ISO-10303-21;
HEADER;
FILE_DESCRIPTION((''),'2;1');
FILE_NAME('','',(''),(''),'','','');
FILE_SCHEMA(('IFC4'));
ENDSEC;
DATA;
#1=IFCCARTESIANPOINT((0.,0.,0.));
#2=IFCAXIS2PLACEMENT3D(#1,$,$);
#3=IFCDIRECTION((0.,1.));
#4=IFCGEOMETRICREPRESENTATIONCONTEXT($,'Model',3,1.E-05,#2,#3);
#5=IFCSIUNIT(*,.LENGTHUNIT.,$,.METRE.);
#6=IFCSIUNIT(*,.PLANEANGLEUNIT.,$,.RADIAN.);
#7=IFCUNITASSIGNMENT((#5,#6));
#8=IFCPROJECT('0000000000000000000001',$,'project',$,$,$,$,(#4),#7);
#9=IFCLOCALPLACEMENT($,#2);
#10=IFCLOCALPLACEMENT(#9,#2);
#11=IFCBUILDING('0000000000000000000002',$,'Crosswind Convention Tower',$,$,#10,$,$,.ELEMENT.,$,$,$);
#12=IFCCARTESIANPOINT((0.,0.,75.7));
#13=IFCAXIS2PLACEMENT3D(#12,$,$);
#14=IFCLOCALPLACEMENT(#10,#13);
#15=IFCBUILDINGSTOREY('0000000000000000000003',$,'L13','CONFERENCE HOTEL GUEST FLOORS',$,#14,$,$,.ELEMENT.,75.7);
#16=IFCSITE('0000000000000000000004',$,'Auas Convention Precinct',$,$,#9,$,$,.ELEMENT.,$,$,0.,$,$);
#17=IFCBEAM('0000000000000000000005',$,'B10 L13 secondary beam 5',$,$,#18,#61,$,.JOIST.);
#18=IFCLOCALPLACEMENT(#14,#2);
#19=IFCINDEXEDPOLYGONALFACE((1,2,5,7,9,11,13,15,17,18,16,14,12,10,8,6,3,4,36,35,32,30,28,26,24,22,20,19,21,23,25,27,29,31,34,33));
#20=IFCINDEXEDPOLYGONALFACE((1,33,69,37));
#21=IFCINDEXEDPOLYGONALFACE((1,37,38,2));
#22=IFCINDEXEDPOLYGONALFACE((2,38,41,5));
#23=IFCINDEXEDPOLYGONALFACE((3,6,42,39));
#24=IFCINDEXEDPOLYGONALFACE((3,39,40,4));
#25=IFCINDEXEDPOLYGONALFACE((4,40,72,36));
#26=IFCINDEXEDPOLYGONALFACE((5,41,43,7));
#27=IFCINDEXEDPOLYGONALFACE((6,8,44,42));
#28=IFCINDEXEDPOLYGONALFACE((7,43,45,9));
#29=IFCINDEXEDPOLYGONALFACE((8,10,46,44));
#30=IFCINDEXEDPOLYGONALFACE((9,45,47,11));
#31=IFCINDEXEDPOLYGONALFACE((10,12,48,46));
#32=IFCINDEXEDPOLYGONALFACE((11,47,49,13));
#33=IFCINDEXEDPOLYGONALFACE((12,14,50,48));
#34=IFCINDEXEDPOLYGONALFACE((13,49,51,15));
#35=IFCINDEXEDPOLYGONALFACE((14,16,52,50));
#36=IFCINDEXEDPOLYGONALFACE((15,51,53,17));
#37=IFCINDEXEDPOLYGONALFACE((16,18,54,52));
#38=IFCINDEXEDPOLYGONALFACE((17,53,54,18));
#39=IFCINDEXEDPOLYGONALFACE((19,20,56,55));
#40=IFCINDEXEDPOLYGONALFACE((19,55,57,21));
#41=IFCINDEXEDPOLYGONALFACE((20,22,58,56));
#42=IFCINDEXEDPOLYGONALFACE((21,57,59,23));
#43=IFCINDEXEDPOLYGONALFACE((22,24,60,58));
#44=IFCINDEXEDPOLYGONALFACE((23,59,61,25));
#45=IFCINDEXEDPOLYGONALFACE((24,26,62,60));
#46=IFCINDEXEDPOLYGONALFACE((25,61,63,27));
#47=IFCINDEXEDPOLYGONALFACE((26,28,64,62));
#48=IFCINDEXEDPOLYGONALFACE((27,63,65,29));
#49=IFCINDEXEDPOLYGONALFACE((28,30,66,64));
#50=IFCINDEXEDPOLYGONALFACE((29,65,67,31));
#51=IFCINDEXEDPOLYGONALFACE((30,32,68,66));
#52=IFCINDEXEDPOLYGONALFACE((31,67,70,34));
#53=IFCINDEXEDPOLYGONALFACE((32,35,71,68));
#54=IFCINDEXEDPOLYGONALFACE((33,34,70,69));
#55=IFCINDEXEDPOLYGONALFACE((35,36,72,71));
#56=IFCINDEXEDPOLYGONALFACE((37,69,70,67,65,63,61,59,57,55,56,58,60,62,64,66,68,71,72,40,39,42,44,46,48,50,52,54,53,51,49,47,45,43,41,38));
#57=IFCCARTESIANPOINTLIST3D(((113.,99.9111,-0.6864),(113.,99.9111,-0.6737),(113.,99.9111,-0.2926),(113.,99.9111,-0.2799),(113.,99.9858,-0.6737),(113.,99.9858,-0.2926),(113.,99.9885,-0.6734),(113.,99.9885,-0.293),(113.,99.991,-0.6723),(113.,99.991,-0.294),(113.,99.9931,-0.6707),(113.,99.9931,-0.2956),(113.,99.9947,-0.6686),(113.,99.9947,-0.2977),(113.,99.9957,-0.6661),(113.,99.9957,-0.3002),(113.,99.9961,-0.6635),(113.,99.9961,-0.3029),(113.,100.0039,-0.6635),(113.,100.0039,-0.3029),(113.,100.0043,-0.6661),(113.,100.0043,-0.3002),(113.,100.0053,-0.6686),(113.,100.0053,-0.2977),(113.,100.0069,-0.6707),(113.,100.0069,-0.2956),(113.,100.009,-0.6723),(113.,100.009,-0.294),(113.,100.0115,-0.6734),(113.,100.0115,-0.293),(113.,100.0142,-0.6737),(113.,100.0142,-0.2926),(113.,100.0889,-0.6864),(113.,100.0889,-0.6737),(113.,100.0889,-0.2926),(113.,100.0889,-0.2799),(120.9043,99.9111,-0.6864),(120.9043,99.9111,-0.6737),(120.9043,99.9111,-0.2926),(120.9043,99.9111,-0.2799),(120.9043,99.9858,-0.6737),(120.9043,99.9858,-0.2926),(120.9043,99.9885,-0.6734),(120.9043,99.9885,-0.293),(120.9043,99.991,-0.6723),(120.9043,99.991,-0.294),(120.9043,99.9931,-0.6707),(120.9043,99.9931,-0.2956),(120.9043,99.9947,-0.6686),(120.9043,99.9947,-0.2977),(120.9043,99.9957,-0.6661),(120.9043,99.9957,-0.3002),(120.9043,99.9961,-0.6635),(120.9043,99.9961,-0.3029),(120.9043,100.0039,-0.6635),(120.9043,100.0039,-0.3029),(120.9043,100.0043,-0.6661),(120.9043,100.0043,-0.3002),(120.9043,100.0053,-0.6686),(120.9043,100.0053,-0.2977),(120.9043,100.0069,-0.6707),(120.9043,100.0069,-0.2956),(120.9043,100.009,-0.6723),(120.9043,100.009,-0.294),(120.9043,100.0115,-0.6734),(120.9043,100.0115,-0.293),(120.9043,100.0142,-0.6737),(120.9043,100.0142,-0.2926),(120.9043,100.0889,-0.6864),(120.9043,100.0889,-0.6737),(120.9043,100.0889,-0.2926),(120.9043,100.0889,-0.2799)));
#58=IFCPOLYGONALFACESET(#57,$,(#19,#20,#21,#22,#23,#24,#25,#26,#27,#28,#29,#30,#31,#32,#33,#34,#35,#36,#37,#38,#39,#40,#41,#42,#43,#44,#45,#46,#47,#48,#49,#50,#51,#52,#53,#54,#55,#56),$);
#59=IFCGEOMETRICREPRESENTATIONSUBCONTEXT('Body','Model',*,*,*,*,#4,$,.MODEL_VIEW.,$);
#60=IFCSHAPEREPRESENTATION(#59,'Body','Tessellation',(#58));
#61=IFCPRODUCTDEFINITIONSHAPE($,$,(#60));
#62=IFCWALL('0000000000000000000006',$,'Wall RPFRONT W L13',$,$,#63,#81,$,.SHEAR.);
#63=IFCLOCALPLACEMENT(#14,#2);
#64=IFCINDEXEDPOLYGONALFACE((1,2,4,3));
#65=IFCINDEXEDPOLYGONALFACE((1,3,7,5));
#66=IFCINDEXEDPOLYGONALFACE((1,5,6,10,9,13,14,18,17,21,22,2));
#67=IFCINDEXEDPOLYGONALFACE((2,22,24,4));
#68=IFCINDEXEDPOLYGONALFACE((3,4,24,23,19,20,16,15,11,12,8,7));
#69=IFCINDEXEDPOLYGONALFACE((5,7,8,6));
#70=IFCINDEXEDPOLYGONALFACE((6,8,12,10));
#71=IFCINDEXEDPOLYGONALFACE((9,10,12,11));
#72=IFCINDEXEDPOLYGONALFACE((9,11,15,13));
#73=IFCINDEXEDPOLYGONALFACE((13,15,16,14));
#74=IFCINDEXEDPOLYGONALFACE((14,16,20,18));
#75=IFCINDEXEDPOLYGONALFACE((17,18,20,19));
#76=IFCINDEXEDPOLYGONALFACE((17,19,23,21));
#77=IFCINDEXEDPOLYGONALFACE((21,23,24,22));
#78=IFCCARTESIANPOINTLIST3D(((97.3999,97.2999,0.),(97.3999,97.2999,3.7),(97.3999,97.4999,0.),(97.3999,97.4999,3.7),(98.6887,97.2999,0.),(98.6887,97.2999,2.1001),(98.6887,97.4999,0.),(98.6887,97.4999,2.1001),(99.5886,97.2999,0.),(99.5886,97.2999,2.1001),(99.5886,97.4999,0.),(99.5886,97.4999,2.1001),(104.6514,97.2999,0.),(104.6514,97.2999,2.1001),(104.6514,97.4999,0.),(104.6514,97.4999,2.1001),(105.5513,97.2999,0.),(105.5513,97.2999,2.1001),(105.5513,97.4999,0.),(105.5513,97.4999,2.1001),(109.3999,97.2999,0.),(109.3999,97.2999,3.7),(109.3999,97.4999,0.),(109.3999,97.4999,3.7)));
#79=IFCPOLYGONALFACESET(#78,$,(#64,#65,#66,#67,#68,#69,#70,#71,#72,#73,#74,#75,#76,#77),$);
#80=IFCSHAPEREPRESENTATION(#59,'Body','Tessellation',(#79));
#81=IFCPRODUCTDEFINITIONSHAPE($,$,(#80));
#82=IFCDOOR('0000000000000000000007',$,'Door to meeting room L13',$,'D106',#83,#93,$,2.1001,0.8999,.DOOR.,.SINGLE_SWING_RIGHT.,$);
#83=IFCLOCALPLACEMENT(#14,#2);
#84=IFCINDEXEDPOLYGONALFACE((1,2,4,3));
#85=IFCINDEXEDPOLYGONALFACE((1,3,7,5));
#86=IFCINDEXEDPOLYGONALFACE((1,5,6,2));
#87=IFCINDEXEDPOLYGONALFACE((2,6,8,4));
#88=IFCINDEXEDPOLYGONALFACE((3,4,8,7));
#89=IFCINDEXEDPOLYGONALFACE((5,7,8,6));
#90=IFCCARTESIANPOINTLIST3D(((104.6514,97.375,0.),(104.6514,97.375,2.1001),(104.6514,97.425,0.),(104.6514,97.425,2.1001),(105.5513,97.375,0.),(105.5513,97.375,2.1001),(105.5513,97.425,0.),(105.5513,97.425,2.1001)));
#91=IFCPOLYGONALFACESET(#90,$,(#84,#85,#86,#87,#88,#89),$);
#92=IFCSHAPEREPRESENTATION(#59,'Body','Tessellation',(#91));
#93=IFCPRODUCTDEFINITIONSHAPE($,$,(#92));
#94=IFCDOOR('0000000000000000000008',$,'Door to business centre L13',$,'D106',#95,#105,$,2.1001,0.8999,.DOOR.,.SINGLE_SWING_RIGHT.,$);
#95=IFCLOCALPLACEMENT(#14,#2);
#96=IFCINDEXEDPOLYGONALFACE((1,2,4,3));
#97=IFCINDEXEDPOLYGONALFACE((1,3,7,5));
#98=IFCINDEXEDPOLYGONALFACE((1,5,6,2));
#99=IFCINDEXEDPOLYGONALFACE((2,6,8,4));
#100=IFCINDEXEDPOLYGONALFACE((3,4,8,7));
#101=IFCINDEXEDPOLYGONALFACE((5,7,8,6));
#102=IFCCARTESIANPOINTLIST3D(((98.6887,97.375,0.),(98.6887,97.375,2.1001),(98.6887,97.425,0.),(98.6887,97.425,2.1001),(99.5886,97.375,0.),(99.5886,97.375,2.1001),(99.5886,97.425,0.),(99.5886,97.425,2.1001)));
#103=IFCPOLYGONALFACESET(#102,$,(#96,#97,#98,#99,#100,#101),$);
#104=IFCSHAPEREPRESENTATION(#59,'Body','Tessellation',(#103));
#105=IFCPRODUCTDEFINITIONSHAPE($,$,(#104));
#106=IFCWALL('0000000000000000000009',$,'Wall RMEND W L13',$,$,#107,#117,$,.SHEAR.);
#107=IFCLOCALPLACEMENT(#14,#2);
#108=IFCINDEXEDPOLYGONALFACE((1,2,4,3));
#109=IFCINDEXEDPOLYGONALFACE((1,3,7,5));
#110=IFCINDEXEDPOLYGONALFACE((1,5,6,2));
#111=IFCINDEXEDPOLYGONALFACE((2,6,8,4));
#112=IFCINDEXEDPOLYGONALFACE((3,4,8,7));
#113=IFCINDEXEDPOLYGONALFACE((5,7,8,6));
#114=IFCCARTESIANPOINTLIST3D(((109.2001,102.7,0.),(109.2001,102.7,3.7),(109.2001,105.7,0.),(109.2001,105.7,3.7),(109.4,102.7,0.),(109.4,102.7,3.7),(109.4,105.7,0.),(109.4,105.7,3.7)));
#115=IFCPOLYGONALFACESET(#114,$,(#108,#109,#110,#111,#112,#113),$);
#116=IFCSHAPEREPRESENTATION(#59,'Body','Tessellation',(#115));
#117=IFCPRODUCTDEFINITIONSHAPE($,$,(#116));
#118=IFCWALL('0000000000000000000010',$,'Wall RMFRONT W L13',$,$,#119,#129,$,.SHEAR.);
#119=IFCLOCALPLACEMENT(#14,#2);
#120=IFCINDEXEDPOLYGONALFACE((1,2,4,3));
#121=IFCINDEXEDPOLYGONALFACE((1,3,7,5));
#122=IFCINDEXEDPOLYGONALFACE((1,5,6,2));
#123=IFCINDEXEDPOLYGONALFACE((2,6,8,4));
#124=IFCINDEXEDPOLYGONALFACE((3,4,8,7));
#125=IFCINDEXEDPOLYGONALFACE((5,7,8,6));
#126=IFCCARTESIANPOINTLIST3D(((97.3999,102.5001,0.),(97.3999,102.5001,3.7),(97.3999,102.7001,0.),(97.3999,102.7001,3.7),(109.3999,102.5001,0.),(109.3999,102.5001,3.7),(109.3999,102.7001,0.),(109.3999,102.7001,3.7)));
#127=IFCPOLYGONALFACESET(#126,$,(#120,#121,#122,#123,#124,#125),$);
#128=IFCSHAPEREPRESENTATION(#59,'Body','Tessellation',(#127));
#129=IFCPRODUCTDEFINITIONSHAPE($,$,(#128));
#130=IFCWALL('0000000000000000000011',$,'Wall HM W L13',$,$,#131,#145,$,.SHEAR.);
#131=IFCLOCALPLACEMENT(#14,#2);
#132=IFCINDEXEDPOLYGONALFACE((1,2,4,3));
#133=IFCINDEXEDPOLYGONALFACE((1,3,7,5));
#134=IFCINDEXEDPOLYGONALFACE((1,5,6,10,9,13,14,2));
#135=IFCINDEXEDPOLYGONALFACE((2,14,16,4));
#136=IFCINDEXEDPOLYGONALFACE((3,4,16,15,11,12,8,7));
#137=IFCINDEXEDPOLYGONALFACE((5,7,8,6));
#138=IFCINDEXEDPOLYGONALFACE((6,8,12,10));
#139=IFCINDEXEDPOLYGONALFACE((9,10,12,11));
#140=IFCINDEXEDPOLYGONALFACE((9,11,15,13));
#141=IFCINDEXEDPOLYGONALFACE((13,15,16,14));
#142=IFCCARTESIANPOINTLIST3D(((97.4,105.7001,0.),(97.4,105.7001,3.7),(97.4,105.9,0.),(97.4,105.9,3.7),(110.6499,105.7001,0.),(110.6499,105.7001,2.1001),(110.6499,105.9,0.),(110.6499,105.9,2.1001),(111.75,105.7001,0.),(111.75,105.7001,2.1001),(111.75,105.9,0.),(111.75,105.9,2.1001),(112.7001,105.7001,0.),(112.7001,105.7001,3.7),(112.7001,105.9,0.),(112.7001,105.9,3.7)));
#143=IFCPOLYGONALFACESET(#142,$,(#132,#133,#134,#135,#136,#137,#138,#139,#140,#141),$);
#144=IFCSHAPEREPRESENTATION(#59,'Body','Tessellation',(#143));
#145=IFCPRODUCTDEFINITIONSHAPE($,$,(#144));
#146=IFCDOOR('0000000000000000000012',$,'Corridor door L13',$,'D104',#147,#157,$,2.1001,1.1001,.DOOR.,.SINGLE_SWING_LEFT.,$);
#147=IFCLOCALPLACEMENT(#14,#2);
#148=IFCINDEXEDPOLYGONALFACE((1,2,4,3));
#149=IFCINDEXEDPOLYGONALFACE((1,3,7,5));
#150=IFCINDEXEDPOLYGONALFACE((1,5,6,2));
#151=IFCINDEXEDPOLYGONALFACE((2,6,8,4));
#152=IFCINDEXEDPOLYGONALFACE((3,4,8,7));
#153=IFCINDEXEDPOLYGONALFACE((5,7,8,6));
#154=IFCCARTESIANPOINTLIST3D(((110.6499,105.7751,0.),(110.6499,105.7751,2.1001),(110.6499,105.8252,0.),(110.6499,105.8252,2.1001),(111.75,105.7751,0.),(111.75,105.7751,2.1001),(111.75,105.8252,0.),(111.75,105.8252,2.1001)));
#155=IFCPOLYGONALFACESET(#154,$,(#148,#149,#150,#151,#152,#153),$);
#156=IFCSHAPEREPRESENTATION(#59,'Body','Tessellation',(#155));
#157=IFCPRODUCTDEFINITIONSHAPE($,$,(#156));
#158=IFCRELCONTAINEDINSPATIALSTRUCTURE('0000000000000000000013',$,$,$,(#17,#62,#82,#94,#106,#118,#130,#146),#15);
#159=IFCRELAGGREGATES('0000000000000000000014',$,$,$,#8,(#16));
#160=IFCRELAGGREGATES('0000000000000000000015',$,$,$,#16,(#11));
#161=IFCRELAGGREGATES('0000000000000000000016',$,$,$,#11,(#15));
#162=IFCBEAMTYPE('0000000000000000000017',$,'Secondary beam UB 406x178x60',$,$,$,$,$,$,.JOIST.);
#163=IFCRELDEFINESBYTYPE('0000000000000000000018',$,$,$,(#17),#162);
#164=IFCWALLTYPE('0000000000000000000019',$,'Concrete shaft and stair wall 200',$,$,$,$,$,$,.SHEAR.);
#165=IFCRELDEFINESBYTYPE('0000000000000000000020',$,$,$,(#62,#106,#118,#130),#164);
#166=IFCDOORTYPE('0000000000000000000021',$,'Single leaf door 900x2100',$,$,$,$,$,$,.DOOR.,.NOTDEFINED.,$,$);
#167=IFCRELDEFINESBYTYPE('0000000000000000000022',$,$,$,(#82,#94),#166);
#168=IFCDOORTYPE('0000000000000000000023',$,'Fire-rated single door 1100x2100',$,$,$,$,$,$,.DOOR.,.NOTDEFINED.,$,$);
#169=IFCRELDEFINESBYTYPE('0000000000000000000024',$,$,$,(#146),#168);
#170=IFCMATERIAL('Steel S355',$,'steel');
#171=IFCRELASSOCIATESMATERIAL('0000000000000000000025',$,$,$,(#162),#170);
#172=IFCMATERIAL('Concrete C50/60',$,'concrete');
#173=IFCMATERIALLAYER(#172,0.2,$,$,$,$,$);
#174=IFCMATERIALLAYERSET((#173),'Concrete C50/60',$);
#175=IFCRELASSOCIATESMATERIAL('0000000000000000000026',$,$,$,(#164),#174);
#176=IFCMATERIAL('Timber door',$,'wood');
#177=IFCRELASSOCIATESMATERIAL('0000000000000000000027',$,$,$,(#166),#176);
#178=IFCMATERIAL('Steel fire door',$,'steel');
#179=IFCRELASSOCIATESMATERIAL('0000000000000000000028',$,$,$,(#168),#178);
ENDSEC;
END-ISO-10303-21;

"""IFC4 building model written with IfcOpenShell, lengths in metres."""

from ifc_helpers import new_model, si_unit, direction, frame, frame_2d, origin, origin_2d, place, context, subcontext, project, spatial, rectangle, i_section, extrude, material, layer, layer_set, material_profile, profile_set, type_object, element, fill, save


model = new_model("IFC4")

# Units and contexts
model_context = context("Model", 3, precision=1e-05, world=origin(), true_north=direction((0.0, 1.0)))
body_context = subcontext(model_context, "Body", "Model", "MODEL_VIEW")
ifc_project = project(units=[si_unit("LENGTHUNIT", "METRE"), si_unit("PLANEANGLEUNIT", "RADIAN")], contexts=[model_context])

# Site, building, storey
site_placement = place(None, origin())
site = spatial("IfcSite", under=ifc_project, at=site_placement, Name="Auas Convention Precinct", CompositionType="ELEMENT", RefElevation=0.0)
building_placement = place(site_placement, origin())
building = spatial("IfcBuilding", under=site, at=building_placement, Name="Crosswind Convention Tower", CompositionType="ELEMENT")
storey_placement = place(building_placement, frame((0.0, 0.0, 75.7)))
storey = spatial("IfcBuildingStorey", under=building, at=storey_placement, Name="L13", Description="CONFERENCE HOTEL GUEST FLOORS", CompositionType="ELEMENT", Elevation=75.7)

# Beam
ifc_material_1 = material(Name="Steel S355", Category="steel")
ifc_material_profile = material_profile(ifc_material_1, i_section(OverallWidth=0.1777, OverallDepth=0.4065, WebThickness=0.0078, FlangeThickness=0.0127, FilletRadius=0.0103, at=origin_2d()), Name="UB 406x178x60")
ifc_profile_set = profile_set([ifc_material_profile], Name="Steel S355")
beam_type = type_object("IfcBeamType", Name="Secondary beam UB 406x178x60", PredefinedType="JOIST", material=ifc_profile_set)
beam_placement = place(storey_placement, frame((113.0, 100.0, -0.4832), z_axis=(1.0, 0.0, 0.0), x_axis=(0.0, 1.0, 0.0)))
element("IfcBeam", 1, at=beam_placement, inside=storey, type_object=beam_type, Name="B10 L13 secondary beam 5", PredefinedType="JOIST", context=body_context, shape_type="SweptSolid", body=[
    extrude(i_section(OverallWidth=0.1777, OverallDepth=0.4065, WebThickness=0.0078, FlangeThickness=0.0127, FilletRadius=0.0103, at=origin_2d()), origin(), (0.0, 0.0, 1.0), 7.9043),
])

# Wall, openings, doors
ifc_material_2 = material(Name="Concrete C50/60", Category="concrete")
ifc_layer_1 = layer(ifc_material_2, 0.2)
ifc_layer_set_1 = layer_set([ifc_layer_1], Name="Concrete C50/60")
wall_type_1 = type_object("IfcWallType", Name="Concrete shaft and stair wall 200", PredefinedType="SHEAR", material=ifc_layer_set_1)
wall_1_placement = place(storey_placement, frame((109.3999, 97.3999, 0.0), z_axis=(0.0, 0.0, 1.0), x_axis=(-1.0, 0.0, 0.0)))
wall_1 = element("IfcWall", 2, at=wall_1_placement, inside=storey, type_object=wall_type_1, Name="Wall RPFRONT W L13", PredefinedType="SHEAR", context=body_context, shape_type="SweptSolid", body=[
    extrude(rectangle(XDim=12.0, YDim=0.2, at=frame_2d((6.0, 0.0))), origin(), (0.0, 0.0, 1.0), 3.7),
])
opening_1_placement = place(wall_1_placement, frame((3.8486, 0.0, 0.0)))
opening_1 = element("IfcOpeningElement", 3, at=opening_1_placement, cuts=wall_1, PredefinedType="OPENING", context=body_context, shape_type="SweptSolid", body=[
    extrude(rectangle(XDim=0.8999, YDim=2.1001, at=frame_2d((0.45, 1.05))), frame((0.0, 0.1099, 0.0), z_axis=(0.0, -1.0, 0.0), x_axis=(1.0, 0.0, 0.0)), (0.0, 0.0, 1.0), 0.22),
])
opening_2_placement = place(wall_1_placement, frame((9.8113, 0.0, 0.0)))
opening_2 = element("IfcOpeningElement", 4, at=opening_2_placement, cuts=wall_1, PredefinedType="OPENING", context=body_context, shape_type="SweptSolid", body=[
    extrude(rectangle(XDim=0.8999, YDim=2.1001, at=frame_2d((0.45, 1.05))), frame((0.0, 0.1099, 0.0), z_axis=(0.0, -1.0, 0.0), x_axis=(1.0, 0.0, 0.0)), (0.0, 0.0, 1.0), 0.22),
])
ifc_material_3 = material(Name="Timber door", Category="wood")
door_type_1 = type_object("IfcDoorType", Name="Single leaf door 900x2100", OperationType="NOTDEFINED", PredefinedType="DOOR", material=ifc_material_3)
door_1_placement = place(opening_1_placement, origin())
door_1 = element("IfcDoor", 5, at=door_1_placement, inside=storey, type_object=door_type_1, Name="Door to meeting room L13", ObjectType="D106", OperationType="SINGLE_SWING_RIGHT", OverallHeight=2.1001, OverallWidth=0.8999, PredefinedType="DOOR", context=body_context, shape_type="SweptSolid", body=[
    extrude(rectangle(XDim=0.8999, YDim=2.1001, at=frame_2d((0.45, 1.05))), frame((0.0, 0.0249, 0.0), z_axis=(0.0, -1.0, 0.0), x_axis=(1.0, 0.0, 0.0)), (0.0, 0.0, 1.0), 0.05),
])
fill(opening_1, door_1)
door_2_placement = place(opening_2_placement, origin())
door_2 = element("IfcDoor", 6, at=door_2_placement, inside=storey, type_object=door_type_1, Name="Door to business centre L13", ObjectType="D106", OperationType="SINGLE_SWING_RIGHT", OverallHeight=2.1001, OverallWidth=0.8999, PredefinedType="DOOR", context=body_context, shape_type="SweptSolid", body=[
    extrude(rectangle(XDim=0.8999, YDim=2.1001, at=frame_2d((0.45, 1.05))), frame((0.0, 0.0249, 0.0), z_axis=(0.0, -1.0, 0.0), x_axis=(1.0, 0.0, 0.0)), (0.0, 0.0, 1.0), 0.05),
])
fill(opening_2, door_2)

# Walls
wall_2_placement = place(storey_placement, frame((109.3, 105.7, 0.0), z_axis=(0.0, 0.0, 1.0), x_axis=(0.0, -1.0, 0.0)))
element("IfcWall", 7, at=wall_2_placement, inside=storey, type_object=wall_type_1, Name="Wall RMEND W L13", PredefinedType="SHEAR", context=body_context, shape_type="SweptSolid", body=[
    extrude(rectangle(XDim=3.0, YDim=0.2, at=frame_2d((1.5, 0.0))), origin(), (0.0, 0.0, 1.0), 3.7),
])
wall_3_placement = place(storey_placement, frame((109.3999, 102.6001, 0.0), z_axis=(0.0, 0.0, 1.0), x_axis=(-1.0, 0.0, 0.0)))
element("IfcWall", 8, at=wall_3_placement, inside=storey, type_object=wall_type_1, Name="Wall RMFRONT W L13", PredefinedType="SHEAR", context=body_context, shape_type="SweptSolid", body=[
    extrude(rectangle(XDim=12.0, YDim=0.2, at=frame_2d((6.0, 0.0))), origin(), (0.0, 0.0, 1.0), 3.7),
])

# Wall, opening, door
wall_4_placement = place(storey_placement, frame((112.7, 105.8, 0.0), z_axis=(0.0, 0.0, 1.0), x_axis=(-1.0, 0.0, 0.0)))
wall_4 = element("IfcWall", 9, at=wall_4_placement, inside=storey, type_object=wall_type_1, Name="Wall HM W L13", PredefinedType="SHEAR", context=body_context, shape_type="SweptSolid", body=[
    extrude(rectangle(XDim=15.3, YDim=0.2, at=frame_2d((7.6499, 0.0))), origin(), (0.0, 0.0, 1.0), 3.7),
])
opening_3_placement = place(wall_4_placement, frame((0.95, 0.0, 0.0)))
opening_3 = element("IfcOpeningElement", 10, at=opening_3_placement, cuts=wall_4, PredefinedType="OPENING", context=body_context, shape_type="SweptSolid", body=[
    extrude(rectangle(XDim=1.1001, YDim=2.1001, at=frame_2d((0.55, 1.05))), frame((0.0, 0.1099, 0.0), z_axis=(0.0, -1.0, 0.0), x_axis=(1.0, 0.0, 0.0)), (0.0, 0.0, 1.0), 0.22),
])
ifc_material_4 = material(Name="Steel fire door", Category="steel")
door_type_2 = type_object("IfcDoorType", Name="Fire-rated single door 1100x2100", OperationType="NOTDEFINED", PredefinedType="DOOR", material=ifc_material_4)
door_3_placement = place(opening_3_placement, origin())
door_3 = element("IfcDoor", 11, at=door_3_placement, inside=storey, type_object=door_type_2, Name="Corridor door L13", ObjectType="D104", OperationType="SINGLE_SWING_LEFT", OverallHeight=2.1001, OverallWidth=1.1001, PredefinedType="DOOR", context=body_context, shape_type="SweptSolid", body=[
    extrude(rectangle(XDim=1.1001, YDim=2.1001, at=frame_2d((0.55, 1.05))), frame((0.0, 0.0249, 0.0), z_axis=(0.0, -1.0, 0.0), x_axis=(1.0, 0.0, 0.0)), (0.0, 0.0, 1.0), 0.05),
])
fill(opening_3, door_3)

save(model, "model.ifc")
